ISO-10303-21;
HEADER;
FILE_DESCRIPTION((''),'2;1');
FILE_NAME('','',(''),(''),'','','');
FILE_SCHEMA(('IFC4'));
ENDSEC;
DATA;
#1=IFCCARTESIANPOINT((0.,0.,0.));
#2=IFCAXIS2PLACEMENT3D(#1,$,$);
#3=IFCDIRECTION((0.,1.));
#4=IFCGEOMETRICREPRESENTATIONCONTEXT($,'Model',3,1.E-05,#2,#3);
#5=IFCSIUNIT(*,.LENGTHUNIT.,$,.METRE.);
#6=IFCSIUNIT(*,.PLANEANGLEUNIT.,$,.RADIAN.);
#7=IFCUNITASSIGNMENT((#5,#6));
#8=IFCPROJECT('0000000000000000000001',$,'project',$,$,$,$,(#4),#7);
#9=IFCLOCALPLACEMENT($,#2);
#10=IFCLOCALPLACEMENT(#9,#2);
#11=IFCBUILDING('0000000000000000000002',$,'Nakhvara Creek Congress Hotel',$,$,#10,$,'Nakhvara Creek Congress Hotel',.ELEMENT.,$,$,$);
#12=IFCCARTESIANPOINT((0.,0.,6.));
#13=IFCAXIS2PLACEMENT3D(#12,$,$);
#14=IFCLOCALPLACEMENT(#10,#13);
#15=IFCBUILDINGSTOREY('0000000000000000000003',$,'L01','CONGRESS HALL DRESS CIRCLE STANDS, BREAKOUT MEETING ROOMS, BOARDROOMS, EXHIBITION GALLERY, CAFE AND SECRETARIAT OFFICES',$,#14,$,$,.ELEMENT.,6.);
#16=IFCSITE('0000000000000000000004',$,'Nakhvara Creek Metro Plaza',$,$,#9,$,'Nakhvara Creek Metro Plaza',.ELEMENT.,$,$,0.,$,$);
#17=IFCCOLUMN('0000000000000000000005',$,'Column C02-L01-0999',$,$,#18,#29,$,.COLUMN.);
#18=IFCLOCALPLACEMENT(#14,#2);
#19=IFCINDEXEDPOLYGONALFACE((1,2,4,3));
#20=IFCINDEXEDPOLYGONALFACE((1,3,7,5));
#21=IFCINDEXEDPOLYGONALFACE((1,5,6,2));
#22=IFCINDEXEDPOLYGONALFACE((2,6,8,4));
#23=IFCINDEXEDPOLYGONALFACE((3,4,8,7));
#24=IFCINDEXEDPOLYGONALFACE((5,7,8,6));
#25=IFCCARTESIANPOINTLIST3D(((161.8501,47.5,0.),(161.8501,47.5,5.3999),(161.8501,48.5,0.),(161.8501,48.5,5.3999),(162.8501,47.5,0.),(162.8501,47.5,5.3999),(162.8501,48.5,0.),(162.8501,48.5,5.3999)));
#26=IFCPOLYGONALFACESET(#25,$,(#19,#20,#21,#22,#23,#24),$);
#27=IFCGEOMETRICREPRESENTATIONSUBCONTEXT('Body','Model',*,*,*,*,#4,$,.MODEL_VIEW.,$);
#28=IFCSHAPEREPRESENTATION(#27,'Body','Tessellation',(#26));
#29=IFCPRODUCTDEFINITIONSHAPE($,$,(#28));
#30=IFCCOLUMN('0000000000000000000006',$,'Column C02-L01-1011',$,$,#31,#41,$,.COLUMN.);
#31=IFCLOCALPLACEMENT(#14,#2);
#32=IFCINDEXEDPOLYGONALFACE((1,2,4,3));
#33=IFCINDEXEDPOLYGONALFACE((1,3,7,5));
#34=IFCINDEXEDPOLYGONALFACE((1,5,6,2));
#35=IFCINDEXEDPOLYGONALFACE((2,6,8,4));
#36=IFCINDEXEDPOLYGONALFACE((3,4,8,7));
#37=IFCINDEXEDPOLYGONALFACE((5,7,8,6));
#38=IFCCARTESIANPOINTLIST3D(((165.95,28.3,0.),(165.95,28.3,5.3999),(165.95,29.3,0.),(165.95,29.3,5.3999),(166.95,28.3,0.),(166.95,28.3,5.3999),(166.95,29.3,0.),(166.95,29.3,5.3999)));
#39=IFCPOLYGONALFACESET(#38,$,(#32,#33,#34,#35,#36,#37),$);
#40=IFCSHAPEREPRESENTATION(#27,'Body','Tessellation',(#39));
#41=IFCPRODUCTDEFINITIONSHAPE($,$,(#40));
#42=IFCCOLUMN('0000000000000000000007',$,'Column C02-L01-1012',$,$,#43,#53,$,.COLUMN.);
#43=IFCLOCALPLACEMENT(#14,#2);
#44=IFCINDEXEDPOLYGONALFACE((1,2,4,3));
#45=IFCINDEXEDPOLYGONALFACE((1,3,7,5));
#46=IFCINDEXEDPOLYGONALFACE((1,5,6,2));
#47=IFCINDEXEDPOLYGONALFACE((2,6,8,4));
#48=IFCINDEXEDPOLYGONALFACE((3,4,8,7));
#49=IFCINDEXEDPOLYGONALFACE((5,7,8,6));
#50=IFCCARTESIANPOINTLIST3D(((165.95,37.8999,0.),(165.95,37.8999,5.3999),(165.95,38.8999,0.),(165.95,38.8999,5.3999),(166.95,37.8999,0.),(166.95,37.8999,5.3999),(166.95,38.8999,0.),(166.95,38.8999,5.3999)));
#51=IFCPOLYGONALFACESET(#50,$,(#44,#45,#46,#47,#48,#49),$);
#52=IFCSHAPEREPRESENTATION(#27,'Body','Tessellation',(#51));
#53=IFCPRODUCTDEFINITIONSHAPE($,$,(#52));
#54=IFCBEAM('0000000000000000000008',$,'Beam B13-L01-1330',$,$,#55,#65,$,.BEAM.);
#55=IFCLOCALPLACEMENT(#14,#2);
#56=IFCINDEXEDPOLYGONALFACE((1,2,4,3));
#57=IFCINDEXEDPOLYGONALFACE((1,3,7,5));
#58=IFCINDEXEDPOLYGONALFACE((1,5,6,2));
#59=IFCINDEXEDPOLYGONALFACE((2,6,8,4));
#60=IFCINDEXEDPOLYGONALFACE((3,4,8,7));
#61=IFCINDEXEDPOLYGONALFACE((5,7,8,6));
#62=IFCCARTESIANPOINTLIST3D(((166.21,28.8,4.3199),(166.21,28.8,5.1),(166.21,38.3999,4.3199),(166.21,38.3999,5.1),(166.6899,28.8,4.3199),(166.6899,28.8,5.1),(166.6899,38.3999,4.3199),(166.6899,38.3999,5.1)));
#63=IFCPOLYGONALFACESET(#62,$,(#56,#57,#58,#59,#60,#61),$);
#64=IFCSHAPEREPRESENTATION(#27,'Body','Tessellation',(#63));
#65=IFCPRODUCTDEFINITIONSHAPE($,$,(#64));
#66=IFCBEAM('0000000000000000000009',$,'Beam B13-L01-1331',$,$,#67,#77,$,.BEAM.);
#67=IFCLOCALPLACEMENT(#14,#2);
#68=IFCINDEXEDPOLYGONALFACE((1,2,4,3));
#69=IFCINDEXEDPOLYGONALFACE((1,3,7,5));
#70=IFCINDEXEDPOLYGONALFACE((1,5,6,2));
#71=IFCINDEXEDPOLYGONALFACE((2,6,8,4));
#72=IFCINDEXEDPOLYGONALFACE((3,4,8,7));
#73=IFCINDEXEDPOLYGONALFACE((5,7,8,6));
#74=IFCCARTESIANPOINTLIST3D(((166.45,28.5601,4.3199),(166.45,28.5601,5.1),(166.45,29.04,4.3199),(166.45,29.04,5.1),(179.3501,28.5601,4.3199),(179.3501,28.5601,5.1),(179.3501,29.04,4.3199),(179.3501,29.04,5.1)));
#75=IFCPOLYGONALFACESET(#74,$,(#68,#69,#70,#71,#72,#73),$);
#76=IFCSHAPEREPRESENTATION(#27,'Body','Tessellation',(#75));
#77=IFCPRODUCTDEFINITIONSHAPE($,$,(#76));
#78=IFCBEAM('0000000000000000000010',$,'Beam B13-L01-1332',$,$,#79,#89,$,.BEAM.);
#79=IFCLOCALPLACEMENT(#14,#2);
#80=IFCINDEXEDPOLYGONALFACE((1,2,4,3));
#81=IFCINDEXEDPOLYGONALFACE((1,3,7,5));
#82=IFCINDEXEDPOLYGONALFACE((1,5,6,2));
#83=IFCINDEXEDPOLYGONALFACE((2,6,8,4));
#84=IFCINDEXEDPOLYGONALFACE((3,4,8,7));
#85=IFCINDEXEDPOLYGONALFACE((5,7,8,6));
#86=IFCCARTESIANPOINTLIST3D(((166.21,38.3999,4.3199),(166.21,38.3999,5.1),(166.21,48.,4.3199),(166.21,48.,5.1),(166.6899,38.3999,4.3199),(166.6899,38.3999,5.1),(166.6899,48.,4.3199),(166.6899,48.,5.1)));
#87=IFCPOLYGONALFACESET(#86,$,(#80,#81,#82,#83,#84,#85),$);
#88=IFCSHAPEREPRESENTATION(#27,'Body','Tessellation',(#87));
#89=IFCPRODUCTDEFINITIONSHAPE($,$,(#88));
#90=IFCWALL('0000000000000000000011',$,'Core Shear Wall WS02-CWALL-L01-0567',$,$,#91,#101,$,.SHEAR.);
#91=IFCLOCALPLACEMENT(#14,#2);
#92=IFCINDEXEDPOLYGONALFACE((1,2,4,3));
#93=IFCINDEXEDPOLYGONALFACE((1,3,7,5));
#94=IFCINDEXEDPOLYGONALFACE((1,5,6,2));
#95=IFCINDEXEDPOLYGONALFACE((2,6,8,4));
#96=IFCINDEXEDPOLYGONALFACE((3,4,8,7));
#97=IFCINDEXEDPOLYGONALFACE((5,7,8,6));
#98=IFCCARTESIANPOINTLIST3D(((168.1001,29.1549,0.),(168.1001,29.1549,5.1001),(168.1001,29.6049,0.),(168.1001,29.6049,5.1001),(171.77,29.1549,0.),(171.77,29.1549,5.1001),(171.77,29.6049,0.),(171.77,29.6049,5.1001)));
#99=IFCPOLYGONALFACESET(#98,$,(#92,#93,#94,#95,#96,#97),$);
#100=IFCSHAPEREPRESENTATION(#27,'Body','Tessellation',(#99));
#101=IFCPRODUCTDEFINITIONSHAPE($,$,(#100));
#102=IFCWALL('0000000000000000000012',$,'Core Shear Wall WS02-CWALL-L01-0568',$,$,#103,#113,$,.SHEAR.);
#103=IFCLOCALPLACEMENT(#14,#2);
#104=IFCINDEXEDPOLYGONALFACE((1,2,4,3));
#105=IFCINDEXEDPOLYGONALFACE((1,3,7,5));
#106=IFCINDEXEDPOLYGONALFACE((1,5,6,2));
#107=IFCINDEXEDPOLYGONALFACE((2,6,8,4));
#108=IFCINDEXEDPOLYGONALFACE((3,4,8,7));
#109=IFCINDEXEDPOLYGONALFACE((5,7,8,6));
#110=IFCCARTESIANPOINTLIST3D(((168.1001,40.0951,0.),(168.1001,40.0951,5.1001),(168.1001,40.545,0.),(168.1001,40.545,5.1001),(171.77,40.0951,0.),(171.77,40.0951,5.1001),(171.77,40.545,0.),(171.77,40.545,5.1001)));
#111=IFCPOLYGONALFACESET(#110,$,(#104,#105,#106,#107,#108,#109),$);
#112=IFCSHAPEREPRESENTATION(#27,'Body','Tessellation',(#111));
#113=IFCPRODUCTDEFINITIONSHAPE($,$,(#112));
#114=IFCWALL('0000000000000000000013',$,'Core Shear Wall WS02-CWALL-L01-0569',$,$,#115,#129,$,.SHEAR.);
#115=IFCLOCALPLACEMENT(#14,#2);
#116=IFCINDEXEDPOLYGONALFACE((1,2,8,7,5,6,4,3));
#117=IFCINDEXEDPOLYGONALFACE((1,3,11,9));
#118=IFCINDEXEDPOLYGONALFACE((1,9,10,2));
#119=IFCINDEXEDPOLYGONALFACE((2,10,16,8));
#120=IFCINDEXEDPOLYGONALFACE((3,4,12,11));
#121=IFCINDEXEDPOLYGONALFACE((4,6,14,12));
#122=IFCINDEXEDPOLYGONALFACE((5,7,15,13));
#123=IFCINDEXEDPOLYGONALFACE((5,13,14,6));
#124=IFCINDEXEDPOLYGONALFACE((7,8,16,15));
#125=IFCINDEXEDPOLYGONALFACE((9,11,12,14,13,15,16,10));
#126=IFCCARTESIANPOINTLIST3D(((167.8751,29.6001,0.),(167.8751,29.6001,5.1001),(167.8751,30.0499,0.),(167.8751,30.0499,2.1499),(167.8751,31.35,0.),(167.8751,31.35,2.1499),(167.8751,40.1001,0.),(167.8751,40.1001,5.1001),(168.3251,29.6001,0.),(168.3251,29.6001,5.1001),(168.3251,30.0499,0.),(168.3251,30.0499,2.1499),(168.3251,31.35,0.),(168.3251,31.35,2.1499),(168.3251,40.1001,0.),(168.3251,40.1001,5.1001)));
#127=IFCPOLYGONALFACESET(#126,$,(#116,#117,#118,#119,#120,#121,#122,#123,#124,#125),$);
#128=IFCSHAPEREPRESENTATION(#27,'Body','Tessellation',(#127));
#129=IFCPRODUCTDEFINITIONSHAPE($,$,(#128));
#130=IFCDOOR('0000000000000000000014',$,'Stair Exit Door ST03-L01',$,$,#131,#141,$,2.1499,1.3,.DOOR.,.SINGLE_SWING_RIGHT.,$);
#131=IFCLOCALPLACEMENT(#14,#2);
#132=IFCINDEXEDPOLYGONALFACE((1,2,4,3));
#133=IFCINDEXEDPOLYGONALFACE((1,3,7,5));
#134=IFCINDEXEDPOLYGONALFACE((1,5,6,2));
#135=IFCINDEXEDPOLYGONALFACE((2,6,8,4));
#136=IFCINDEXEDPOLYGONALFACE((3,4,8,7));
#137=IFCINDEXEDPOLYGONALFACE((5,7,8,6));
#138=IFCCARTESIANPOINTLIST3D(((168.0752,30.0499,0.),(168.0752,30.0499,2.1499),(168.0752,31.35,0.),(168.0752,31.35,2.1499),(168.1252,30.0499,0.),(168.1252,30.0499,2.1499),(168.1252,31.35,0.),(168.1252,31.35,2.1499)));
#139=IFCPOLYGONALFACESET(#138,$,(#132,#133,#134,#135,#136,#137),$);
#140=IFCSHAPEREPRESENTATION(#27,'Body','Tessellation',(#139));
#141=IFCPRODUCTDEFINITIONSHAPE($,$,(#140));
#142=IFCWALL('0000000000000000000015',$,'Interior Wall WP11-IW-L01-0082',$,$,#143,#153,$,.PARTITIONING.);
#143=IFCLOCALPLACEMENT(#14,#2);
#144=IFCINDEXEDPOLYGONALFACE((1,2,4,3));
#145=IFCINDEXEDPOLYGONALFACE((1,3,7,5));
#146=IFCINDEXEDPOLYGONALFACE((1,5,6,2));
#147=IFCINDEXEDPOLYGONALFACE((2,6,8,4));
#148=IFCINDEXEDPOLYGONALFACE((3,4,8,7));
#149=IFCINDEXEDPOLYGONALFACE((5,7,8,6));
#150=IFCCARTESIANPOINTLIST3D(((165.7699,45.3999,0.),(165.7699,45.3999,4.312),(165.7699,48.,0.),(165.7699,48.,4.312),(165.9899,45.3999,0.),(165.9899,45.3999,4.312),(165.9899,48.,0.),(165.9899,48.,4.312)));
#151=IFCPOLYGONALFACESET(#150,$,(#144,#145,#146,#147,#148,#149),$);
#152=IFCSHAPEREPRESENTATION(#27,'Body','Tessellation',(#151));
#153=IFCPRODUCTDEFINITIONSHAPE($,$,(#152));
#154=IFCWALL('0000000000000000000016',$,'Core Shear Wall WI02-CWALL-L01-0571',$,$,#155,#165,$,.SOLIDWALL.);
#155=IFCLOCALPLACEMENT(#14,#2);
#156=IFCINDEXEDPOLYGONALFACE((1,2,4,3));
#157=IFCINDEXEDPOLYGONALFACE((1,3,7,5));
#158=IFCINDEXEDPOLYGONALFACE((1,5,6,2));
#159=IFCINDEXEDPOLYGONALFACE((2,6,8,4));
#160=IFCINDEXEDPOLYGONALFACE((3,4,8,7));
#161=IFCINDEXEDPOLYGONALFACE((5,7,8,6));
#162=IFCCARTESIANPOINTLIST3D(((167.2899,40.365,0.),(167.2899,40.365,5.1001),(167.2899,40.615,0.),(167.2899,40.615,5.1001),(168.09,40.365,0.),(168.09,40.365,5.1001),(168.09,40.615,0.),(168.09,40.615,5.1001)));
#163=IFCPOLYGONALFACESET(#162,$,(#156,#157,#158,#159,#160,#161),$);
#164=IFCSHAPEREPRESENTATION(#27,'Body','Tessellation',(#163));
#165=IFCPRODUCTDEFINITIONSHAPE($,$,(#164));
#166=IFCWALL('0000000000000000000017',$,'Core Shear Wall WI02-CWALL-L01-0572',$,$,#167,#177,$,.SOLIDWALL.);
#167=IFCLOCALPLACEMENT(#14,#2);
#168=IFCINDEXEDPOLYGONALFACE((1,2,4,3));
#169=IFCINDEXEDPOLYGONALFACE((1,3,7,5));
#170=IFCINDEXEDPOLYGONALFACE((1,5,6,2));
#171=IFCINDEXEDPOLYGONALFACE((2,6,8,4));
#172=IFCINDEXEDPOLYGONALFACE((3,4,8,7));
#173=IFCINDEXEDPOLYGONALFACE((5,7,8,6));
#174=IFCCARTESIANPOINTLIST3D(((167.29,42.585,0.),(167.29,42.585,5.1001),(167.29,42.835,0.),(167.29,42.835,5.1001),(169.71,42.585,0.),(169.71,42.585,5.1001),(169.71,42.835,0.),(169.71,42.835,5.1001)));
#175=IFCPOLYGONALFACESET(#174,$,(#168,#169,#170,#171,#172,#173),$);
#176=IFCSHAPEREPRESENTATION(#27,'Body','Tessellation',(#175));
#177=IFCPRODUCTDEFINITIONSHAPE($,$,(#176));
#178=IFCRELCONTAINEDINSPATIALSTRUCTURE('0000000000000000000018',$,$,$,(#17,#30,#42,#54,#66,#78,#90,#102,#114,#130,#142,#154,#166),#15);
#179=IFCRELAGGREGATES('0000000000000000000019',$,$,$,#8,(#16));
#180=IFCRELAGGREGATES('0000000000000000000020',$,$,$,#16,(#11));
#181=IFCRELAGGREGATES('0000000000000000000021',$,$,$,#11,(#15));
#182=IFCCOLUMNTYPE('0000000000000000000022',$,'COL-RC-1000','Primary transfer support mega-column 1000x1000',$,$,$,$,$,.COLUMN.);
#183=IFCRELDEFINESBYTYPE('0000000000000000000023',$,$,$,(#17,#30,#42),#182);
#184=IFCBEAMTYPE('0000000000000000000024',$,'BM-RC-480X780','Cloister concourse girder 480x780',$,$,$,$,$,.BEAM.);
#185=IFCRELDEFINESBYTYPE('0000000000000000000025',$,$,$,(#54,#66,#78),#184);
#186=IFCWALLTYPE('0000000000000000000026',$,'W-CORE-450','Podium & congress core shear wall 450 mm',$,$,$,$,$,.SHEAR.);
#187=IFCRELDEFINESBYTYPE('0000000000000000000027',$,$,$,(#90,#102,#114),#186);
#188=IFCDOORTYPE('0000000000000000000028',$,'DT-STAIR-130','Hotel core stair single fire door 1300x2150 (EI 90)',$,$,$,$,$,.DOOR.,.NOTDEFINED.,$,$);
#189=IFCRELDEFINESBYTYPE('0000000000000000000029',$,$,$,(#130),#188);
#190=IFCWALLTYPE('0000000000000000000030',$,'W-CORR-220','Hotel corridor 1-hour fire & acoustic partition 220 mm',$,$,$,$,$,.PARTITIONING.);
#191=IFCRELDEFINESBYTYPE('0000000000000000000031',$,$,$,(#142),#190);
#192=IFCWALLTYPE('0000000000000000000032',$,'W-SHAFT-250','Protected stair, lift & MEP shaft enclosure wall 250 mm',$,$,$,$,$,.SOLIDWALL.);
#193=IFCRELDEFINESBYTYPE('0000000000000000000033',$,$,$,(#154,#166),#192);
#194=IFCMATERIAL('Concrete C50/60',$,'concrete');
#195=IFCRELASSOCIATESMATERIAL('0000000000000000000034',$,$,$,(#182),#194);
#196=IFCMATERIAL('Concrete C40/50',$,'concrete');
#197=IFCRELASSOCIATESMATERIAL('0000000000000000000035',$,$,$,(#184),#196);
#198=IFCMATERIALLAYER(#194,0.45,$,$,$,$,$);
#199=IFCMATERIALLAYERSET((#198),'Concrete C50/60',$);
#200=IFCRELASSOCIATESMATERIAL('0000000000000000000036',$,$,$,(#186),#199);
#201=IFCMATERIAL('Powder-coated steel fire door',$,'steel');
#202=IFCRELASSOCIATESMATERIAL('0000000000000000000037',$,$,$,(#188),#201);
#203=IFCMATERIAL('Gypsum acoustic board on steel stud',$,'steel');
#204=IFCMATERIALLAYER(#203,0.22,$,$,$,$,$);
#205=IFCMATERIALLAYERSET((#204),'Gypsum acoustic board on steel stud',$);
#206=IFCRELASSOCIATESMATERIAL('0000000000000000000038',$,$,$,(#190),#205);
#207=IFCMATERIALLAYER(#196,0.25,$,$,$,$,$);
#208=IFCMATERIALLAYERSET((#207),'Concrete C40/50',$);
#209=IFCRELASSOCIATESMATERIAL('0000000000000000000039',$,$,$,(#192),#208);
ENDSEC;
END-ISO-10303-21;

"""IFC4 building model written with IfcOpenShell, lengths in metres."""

from ifc_helpers import new_model, si_unit, direction, frame, frame_2d, origin, origin_2d, place, context, subcontext, project, spatial, rectangle, extrude, material, layer, layer_set, material_profile, profile_set, type_object, element, fill, save


model = new_model("IFC4")

# Units and contexts
model_context = context("Model", 3, precision=1e-05, world=origin(), true_north=direction((0.0, 1.0)))
body_context = subcontext(model_context, "Body", "Model", "MODEL_VIEW")
ifc_project = project(units=[si_unit("LENGTHUNIT", "METRE"), si_unit("PLANEANGLEUNIT", "RADIAN")], contexts=[model_context])

# Site, building, storey
site_placement = place(None, origin())
site = spatial("IfcSite", under=ifc_project, at=site_placement, Name="Nakhvara Creek Metro Plaza", LongName="Nakhvara Creek Metro Plaza", CompositionType="ELEMENT", RefElevation=0.0)
building_placement = place(site_placement, origin())
building = spatial("IfcBuilding", under=site, at=building_placement, Name="Nakhvara Creek Congress Hotel", LongName="Nakhvara Creek Congress Hotel", CompositionType="ELEMENT")
storey_placement = place(building_placement, frame((0.0, 0.0, 6.0)))
storey = spatial("IfcBuildingStorey", under=building, at=storey_placement, Name="L01", Description="CONGRESS HALL DRESS CIRCLE STANDS, BREAKOUT MEETING ROOMS, BOARDROOMS, EXHIBITION GALLERY, CAFE AND SECRETARIAT OFFICES", CompositionType="ELEMENT", Elevation=6.0)

# Columns
ifc_material_1 = material(Name="Concrete C50/60", Category="concrete")
ifc_material_profile_1 = material_profile(ifc_material_1, rectangle(XDim=1.0, YDim=1.0, at=origin_2d()), Name="RC-COL 1000x1000", Category="LoadBearing")
ifc_profile_set_1 = profile_set([ifc_material_profile_1], Name="Concrete C50/60")
column_type = type_object("IfcColumnType", Name="COL-RC-1000", Description="Primary transfer support mega-column 1000x1000", PredefinedType="COLUMN", material=ifc_profile_set_1)
for number, where, z_axis, x_axis, name in (
    (1, (162.3501, 48.0, 0.0), (0.0, 0.0, 1.0), (1.0, 0.0, 0.0), "Column C02-L01-0999"),
    (2, (166.45, 28.8, 0.0), (0.0, 0.0, 1.0), (1.0, 0.0, 0.0), "Column C02-L01-1011"),
    (3, (166.45, 38.3999, 0.0), (0.0, 0.0, 1.0), (1.0, 0.0, 0.0), "Column C02-L01-1012"),
):
    element("IfcColumn", number, at=place(storey_placement, frame(where, z_axis=z_axis, x_axis=x_axis)), inside=storey, type_object=column_type, Name=name, PredefinedType="COLUMN", context=body_context, shape_type="SweptSolid", body=[
        extrude(rectangle(XDim=1.0, YDim=1.0, at=origin_2d()), origin(), (0.0, 0.0, 1.0), 5.3999),
    ])

# Beams
ifc_material_2 = material(Name="Concrete C40/50", Category="concrete")
ifc_material_profile_2 = material_profile(ifc_material_2, rectangle(XDim=0.48, YDim=0.78, at=origin_2d()), Name="RC-BM 480x780", Category="LoadBearing")
ifc_profile_set_2 = profile_set([ifc_material_profile_2], Name="Concrete C40/50")
beam_type = type_object("IfcBeamType", Name="BM-RC-480X780", Description="Cloister concourse girder 480x780", PredefinedType="BEAM", material=ifc_profile_set_2)
beam_1_placement = place(storey_placement, frame((166.45, 28.8, 4.71), z_axis=(0.0, 1.0, 0.0), x_axis=(-1.0, 0.0, 0.0)))
element("IfcBeam", 4, at=beam_1_placement, inside=storey, type_object=beam_type, Name="Beam B13-L01-1330", PredefinedType="BEAM", context=body_context, shape_type="SweptSolid", body=[
    extrude(rectangle(XDim=0.48, YDim=0.78, at=origin_2d()), origin(), (0.0, 0.0, 1.0), 9.5999),
])
beam_2_placement = place(storey_placement, frame((166.45, 28.8, 4.71), z_axis=(1.0, 0.0, 0.0), x_axis=(0.0, 1.0, 0.0)))
element("IfcBeam", 5, at=beam_2_placement, inside=storey, type_object=beam_type, Name="Beam B13-L01-1331", PredefinedType="BEAM", context=body_context, shape_type="SweptSolid", body=[
    extrude(rectangle(XDim=0.48, YDim=0.78, at=origin_2d()), origin(), (0.0, 0.0, 1.0), 12.9001),
])
beam_3_placement = place(storey_placement, frame((166.45, 38.3999, 4.71), z_axis=(0.0, 1.0, 0.0), x_axis=(-1.0, 0.0, 0.0)))
element("IfcBeam", 6, at=beam_3_placement, inside=storey, type_object=beam_type, Name="Beam B13-L01-1332", PredefinedType="BEAM", context=body_context, shape_type="SweptSolid", body=[
    extrude(rectangle(XDim=0.48, YDim=0.78, at=origin_2d()), origin(), (0.0, 0.0, 1.0), 9.6001),
])

# Walls
ifc_layer_1 = layer(ifc_material_1, 0.45)
ifc_layer_set_1 = layer_set([ifc_layer_1], Name="Concrete C50/60")
wall_type_1 = type_object("IfcWallType", Name="W-CORE-450", Description="Podium & congress core shear wall 450 mm", PredefinedType="SHEAR", material=ifc_layer_set_1)
for number, where, z_axis, x_axis, name in (
    (7, (168.1001, 29.3799, 0.0), (0.0, 0.0, 1.0), (1.0, 0.0, 0.0), "Core Shear Wall WS02-CWALL-L01-0567"),
    (8, (168.1001, 40.3201, 0.0), (0.0, 0.0, 1.0), (1.0, 0.0, 0.0), "Core Shear Wall WS02-CWALL-L01-0568"),
):
    element("IfcWall", number, at=place(storey_placement, frame(where, z_axis=z_axis, x_axis=x_axis)), inside=storey, type_object=wall_type_1, Name=name, PredefinedType="SHEAR", context=body_context, shape_type="SweptSolid", body=[
        extrude(rectangle(XDim=3.6699, YDim=0.45, at=frame_2d((1.835, 0.0))), origin(), (0.0, 0.0, 1.0), 5.1001),
    ])

# Wall, opening, door
wall_1_placement = place(storey_placement, frame((168.1001, 29.6001, 0.0), z_axis=(0.0, 0.0, 1.0), x_axis=(0.0, 1.0, 0.0)))
wall_1 = element("IfcWall", 9, at=wall_1_placement, inside=storey, type_object=wall_type_1, Name="Core Shear Wall WS02-CWALL-L01-0569", PredefinedType="SHEAR", context=body_context, shape_type="SweptSolid", body=[
    extrude(rectangle(XDim=10.5, YDim=0.45, at=frame_2d((5.25, 0.0))), origin(), (0.0, 0.0, 1.0), 5.1001),
])
opening_1_placement = place(wall_1_placement, frame((0.45, 0.0, 0.0)))
opening_1 = element("IfcOpeningElement", 10, at=opening_1_placement, cuts=wall_1, PredefinedType="OPENING", context=body_context, shape_type="SweptSolid", body=[
    extrude(rectangle(XDim=1.3, YDim=2.1499, at=frame_2d((0.6499, 1.075))), frame((0.0, 0.2368, 0.0), z_axis=(0.0, -1.0, 0.0), x_axis=(1.0, 0.0, 0.0)), (0.0, 0.0, 1.0), 0.4739),
])
ifc_material_3 = material(Name="Powder-coated steel fire door", Category="steel")
door_type_1 = type_object("IfcDoorType", Name="DT-STAIR-130", Description="Hotel core stair single fire door 1300x2150 (EI 90)", OperationType="NOTDEFINED", PredefinedType="DOOR", material=ifc_material_3)
door_1_placement = place(opening_1_placement, origin())
door_1 = element("IfcDoor", 11, at=door_1_placement, inside=storey, type_object=door_type_1, Name="Stair Exit Door ST03-L01", OperationType="SINGLE_SWING_RIGHT", OverallHeight=2.1499, OverallWidth=1.3, PredefinedType="DOOR", context=body_context, shape_type="SweptSolid", body=[
    extrude(rectangle(XDim=1.3, YDim=2.1499, at=frame_2d((0.6499, 1.075))), frame((0.0, 0.0249, 0.0), z_axis=(0.0, -1.0, 0.0), x_axis=(1.0, 0.0, 0.0)), (0.0, 0.0, 1.0), 0.05),
])
fill(opening_1, door_1)

# Walls
ifc_material_4 = material(Name="Gypsum acoustic board on steel stud", Category="steel")
ifc_layer_2 = layer(ifc_material_4, 0.22)
ifc_layer_set_2 = layer_set([ifc_layer_2], Name="Gypsum acoustic board on steel stud")
wall_type_2 = type_object("IfcWallType", Name="W-CORR-220", Description="Hotel corridor 1-hour fire & acoustic partition 220 mm", PredefinedType="PARTITIONING", material=ifc_layer_set_2)
wall_2_placement = place(storey_placement, frame((165.8799, 45.3999, 0.0), z_axis=(0.0, 0.0, 1.0), x_axis=(0.0, 1.0, 0.0)))
element("IfcWall", 12, at=wall_2_placement, inside=storey, type_object=wall_type_2, Name="Interior Wall WP11-IW-L01-0082", PredefinedType="PARTITIONING", context=body_context, shape_type="SweptSolid", body=[
    extrude(rectangle(XDim=2.6001, YDim=0.22, at=frame_2d((1.3, 0.0))), origin(), (0.0, 0.0, 1.0), 4.312),
])
ifc_layer_3 = layer(ifc_material_2, 0.25)
ifc_layer_set_3 = layer_set([ifc_layer_3], Name="Concrete C40/50")
wall_type_3 = type_object("IfcWallType", Name="W-SHAFT-250", Description="Protected stair, lift & MEP shaft enclosure wall 250 mm", PredefinedType="SOLIDWALL", material=ifc_layer_set_3)
wall_3_placement = place(storey_placement, frame((167.29, 40.49, 0.0), z_axis=(0.0, 0.0, 1.0), x_axis=(1.0, 0.0, 0.0)))
element("IfcWall", 13, at=wall_3_placement, inside=storey, type_object=wall_type_3, Name="Core Shear Wall WI02-CWALL-L01-0571", PredefinedType="SOLIDWALL", context=body_context, shape_type="SweptSolid", body=[
    extrude(rectangle(XDim=0.8, YDim=0.25, at=frame_2d((0.3999, 0.0))), origin(), (0.0, 0.0, 1.0), 5.1001),
])
wall_4_placement = place(storey_placement, frame((167.29, 42.71, 0.0), z_axis=(0.0, 0.0, 1.0), x_axis=(1.0, 0.0, 0.0)))
element("IfcWall", 14, at=wall_4_placement, inside=storey, type_object=wall_type_3, Name="Core Shear Wall WI02-CWALL-L01-0572", PredefinedType="SOLIDWALL", context=body_context, shape_type="SweptSolid", body=[
    extrude(rectangle(XDim=2.4199, YDim=0.25, at=frame_2d((1.21, 0.0))), origin(), (0.0, 0.0, 1.0), 5.1001),
])

save(model, "model.ifc")
